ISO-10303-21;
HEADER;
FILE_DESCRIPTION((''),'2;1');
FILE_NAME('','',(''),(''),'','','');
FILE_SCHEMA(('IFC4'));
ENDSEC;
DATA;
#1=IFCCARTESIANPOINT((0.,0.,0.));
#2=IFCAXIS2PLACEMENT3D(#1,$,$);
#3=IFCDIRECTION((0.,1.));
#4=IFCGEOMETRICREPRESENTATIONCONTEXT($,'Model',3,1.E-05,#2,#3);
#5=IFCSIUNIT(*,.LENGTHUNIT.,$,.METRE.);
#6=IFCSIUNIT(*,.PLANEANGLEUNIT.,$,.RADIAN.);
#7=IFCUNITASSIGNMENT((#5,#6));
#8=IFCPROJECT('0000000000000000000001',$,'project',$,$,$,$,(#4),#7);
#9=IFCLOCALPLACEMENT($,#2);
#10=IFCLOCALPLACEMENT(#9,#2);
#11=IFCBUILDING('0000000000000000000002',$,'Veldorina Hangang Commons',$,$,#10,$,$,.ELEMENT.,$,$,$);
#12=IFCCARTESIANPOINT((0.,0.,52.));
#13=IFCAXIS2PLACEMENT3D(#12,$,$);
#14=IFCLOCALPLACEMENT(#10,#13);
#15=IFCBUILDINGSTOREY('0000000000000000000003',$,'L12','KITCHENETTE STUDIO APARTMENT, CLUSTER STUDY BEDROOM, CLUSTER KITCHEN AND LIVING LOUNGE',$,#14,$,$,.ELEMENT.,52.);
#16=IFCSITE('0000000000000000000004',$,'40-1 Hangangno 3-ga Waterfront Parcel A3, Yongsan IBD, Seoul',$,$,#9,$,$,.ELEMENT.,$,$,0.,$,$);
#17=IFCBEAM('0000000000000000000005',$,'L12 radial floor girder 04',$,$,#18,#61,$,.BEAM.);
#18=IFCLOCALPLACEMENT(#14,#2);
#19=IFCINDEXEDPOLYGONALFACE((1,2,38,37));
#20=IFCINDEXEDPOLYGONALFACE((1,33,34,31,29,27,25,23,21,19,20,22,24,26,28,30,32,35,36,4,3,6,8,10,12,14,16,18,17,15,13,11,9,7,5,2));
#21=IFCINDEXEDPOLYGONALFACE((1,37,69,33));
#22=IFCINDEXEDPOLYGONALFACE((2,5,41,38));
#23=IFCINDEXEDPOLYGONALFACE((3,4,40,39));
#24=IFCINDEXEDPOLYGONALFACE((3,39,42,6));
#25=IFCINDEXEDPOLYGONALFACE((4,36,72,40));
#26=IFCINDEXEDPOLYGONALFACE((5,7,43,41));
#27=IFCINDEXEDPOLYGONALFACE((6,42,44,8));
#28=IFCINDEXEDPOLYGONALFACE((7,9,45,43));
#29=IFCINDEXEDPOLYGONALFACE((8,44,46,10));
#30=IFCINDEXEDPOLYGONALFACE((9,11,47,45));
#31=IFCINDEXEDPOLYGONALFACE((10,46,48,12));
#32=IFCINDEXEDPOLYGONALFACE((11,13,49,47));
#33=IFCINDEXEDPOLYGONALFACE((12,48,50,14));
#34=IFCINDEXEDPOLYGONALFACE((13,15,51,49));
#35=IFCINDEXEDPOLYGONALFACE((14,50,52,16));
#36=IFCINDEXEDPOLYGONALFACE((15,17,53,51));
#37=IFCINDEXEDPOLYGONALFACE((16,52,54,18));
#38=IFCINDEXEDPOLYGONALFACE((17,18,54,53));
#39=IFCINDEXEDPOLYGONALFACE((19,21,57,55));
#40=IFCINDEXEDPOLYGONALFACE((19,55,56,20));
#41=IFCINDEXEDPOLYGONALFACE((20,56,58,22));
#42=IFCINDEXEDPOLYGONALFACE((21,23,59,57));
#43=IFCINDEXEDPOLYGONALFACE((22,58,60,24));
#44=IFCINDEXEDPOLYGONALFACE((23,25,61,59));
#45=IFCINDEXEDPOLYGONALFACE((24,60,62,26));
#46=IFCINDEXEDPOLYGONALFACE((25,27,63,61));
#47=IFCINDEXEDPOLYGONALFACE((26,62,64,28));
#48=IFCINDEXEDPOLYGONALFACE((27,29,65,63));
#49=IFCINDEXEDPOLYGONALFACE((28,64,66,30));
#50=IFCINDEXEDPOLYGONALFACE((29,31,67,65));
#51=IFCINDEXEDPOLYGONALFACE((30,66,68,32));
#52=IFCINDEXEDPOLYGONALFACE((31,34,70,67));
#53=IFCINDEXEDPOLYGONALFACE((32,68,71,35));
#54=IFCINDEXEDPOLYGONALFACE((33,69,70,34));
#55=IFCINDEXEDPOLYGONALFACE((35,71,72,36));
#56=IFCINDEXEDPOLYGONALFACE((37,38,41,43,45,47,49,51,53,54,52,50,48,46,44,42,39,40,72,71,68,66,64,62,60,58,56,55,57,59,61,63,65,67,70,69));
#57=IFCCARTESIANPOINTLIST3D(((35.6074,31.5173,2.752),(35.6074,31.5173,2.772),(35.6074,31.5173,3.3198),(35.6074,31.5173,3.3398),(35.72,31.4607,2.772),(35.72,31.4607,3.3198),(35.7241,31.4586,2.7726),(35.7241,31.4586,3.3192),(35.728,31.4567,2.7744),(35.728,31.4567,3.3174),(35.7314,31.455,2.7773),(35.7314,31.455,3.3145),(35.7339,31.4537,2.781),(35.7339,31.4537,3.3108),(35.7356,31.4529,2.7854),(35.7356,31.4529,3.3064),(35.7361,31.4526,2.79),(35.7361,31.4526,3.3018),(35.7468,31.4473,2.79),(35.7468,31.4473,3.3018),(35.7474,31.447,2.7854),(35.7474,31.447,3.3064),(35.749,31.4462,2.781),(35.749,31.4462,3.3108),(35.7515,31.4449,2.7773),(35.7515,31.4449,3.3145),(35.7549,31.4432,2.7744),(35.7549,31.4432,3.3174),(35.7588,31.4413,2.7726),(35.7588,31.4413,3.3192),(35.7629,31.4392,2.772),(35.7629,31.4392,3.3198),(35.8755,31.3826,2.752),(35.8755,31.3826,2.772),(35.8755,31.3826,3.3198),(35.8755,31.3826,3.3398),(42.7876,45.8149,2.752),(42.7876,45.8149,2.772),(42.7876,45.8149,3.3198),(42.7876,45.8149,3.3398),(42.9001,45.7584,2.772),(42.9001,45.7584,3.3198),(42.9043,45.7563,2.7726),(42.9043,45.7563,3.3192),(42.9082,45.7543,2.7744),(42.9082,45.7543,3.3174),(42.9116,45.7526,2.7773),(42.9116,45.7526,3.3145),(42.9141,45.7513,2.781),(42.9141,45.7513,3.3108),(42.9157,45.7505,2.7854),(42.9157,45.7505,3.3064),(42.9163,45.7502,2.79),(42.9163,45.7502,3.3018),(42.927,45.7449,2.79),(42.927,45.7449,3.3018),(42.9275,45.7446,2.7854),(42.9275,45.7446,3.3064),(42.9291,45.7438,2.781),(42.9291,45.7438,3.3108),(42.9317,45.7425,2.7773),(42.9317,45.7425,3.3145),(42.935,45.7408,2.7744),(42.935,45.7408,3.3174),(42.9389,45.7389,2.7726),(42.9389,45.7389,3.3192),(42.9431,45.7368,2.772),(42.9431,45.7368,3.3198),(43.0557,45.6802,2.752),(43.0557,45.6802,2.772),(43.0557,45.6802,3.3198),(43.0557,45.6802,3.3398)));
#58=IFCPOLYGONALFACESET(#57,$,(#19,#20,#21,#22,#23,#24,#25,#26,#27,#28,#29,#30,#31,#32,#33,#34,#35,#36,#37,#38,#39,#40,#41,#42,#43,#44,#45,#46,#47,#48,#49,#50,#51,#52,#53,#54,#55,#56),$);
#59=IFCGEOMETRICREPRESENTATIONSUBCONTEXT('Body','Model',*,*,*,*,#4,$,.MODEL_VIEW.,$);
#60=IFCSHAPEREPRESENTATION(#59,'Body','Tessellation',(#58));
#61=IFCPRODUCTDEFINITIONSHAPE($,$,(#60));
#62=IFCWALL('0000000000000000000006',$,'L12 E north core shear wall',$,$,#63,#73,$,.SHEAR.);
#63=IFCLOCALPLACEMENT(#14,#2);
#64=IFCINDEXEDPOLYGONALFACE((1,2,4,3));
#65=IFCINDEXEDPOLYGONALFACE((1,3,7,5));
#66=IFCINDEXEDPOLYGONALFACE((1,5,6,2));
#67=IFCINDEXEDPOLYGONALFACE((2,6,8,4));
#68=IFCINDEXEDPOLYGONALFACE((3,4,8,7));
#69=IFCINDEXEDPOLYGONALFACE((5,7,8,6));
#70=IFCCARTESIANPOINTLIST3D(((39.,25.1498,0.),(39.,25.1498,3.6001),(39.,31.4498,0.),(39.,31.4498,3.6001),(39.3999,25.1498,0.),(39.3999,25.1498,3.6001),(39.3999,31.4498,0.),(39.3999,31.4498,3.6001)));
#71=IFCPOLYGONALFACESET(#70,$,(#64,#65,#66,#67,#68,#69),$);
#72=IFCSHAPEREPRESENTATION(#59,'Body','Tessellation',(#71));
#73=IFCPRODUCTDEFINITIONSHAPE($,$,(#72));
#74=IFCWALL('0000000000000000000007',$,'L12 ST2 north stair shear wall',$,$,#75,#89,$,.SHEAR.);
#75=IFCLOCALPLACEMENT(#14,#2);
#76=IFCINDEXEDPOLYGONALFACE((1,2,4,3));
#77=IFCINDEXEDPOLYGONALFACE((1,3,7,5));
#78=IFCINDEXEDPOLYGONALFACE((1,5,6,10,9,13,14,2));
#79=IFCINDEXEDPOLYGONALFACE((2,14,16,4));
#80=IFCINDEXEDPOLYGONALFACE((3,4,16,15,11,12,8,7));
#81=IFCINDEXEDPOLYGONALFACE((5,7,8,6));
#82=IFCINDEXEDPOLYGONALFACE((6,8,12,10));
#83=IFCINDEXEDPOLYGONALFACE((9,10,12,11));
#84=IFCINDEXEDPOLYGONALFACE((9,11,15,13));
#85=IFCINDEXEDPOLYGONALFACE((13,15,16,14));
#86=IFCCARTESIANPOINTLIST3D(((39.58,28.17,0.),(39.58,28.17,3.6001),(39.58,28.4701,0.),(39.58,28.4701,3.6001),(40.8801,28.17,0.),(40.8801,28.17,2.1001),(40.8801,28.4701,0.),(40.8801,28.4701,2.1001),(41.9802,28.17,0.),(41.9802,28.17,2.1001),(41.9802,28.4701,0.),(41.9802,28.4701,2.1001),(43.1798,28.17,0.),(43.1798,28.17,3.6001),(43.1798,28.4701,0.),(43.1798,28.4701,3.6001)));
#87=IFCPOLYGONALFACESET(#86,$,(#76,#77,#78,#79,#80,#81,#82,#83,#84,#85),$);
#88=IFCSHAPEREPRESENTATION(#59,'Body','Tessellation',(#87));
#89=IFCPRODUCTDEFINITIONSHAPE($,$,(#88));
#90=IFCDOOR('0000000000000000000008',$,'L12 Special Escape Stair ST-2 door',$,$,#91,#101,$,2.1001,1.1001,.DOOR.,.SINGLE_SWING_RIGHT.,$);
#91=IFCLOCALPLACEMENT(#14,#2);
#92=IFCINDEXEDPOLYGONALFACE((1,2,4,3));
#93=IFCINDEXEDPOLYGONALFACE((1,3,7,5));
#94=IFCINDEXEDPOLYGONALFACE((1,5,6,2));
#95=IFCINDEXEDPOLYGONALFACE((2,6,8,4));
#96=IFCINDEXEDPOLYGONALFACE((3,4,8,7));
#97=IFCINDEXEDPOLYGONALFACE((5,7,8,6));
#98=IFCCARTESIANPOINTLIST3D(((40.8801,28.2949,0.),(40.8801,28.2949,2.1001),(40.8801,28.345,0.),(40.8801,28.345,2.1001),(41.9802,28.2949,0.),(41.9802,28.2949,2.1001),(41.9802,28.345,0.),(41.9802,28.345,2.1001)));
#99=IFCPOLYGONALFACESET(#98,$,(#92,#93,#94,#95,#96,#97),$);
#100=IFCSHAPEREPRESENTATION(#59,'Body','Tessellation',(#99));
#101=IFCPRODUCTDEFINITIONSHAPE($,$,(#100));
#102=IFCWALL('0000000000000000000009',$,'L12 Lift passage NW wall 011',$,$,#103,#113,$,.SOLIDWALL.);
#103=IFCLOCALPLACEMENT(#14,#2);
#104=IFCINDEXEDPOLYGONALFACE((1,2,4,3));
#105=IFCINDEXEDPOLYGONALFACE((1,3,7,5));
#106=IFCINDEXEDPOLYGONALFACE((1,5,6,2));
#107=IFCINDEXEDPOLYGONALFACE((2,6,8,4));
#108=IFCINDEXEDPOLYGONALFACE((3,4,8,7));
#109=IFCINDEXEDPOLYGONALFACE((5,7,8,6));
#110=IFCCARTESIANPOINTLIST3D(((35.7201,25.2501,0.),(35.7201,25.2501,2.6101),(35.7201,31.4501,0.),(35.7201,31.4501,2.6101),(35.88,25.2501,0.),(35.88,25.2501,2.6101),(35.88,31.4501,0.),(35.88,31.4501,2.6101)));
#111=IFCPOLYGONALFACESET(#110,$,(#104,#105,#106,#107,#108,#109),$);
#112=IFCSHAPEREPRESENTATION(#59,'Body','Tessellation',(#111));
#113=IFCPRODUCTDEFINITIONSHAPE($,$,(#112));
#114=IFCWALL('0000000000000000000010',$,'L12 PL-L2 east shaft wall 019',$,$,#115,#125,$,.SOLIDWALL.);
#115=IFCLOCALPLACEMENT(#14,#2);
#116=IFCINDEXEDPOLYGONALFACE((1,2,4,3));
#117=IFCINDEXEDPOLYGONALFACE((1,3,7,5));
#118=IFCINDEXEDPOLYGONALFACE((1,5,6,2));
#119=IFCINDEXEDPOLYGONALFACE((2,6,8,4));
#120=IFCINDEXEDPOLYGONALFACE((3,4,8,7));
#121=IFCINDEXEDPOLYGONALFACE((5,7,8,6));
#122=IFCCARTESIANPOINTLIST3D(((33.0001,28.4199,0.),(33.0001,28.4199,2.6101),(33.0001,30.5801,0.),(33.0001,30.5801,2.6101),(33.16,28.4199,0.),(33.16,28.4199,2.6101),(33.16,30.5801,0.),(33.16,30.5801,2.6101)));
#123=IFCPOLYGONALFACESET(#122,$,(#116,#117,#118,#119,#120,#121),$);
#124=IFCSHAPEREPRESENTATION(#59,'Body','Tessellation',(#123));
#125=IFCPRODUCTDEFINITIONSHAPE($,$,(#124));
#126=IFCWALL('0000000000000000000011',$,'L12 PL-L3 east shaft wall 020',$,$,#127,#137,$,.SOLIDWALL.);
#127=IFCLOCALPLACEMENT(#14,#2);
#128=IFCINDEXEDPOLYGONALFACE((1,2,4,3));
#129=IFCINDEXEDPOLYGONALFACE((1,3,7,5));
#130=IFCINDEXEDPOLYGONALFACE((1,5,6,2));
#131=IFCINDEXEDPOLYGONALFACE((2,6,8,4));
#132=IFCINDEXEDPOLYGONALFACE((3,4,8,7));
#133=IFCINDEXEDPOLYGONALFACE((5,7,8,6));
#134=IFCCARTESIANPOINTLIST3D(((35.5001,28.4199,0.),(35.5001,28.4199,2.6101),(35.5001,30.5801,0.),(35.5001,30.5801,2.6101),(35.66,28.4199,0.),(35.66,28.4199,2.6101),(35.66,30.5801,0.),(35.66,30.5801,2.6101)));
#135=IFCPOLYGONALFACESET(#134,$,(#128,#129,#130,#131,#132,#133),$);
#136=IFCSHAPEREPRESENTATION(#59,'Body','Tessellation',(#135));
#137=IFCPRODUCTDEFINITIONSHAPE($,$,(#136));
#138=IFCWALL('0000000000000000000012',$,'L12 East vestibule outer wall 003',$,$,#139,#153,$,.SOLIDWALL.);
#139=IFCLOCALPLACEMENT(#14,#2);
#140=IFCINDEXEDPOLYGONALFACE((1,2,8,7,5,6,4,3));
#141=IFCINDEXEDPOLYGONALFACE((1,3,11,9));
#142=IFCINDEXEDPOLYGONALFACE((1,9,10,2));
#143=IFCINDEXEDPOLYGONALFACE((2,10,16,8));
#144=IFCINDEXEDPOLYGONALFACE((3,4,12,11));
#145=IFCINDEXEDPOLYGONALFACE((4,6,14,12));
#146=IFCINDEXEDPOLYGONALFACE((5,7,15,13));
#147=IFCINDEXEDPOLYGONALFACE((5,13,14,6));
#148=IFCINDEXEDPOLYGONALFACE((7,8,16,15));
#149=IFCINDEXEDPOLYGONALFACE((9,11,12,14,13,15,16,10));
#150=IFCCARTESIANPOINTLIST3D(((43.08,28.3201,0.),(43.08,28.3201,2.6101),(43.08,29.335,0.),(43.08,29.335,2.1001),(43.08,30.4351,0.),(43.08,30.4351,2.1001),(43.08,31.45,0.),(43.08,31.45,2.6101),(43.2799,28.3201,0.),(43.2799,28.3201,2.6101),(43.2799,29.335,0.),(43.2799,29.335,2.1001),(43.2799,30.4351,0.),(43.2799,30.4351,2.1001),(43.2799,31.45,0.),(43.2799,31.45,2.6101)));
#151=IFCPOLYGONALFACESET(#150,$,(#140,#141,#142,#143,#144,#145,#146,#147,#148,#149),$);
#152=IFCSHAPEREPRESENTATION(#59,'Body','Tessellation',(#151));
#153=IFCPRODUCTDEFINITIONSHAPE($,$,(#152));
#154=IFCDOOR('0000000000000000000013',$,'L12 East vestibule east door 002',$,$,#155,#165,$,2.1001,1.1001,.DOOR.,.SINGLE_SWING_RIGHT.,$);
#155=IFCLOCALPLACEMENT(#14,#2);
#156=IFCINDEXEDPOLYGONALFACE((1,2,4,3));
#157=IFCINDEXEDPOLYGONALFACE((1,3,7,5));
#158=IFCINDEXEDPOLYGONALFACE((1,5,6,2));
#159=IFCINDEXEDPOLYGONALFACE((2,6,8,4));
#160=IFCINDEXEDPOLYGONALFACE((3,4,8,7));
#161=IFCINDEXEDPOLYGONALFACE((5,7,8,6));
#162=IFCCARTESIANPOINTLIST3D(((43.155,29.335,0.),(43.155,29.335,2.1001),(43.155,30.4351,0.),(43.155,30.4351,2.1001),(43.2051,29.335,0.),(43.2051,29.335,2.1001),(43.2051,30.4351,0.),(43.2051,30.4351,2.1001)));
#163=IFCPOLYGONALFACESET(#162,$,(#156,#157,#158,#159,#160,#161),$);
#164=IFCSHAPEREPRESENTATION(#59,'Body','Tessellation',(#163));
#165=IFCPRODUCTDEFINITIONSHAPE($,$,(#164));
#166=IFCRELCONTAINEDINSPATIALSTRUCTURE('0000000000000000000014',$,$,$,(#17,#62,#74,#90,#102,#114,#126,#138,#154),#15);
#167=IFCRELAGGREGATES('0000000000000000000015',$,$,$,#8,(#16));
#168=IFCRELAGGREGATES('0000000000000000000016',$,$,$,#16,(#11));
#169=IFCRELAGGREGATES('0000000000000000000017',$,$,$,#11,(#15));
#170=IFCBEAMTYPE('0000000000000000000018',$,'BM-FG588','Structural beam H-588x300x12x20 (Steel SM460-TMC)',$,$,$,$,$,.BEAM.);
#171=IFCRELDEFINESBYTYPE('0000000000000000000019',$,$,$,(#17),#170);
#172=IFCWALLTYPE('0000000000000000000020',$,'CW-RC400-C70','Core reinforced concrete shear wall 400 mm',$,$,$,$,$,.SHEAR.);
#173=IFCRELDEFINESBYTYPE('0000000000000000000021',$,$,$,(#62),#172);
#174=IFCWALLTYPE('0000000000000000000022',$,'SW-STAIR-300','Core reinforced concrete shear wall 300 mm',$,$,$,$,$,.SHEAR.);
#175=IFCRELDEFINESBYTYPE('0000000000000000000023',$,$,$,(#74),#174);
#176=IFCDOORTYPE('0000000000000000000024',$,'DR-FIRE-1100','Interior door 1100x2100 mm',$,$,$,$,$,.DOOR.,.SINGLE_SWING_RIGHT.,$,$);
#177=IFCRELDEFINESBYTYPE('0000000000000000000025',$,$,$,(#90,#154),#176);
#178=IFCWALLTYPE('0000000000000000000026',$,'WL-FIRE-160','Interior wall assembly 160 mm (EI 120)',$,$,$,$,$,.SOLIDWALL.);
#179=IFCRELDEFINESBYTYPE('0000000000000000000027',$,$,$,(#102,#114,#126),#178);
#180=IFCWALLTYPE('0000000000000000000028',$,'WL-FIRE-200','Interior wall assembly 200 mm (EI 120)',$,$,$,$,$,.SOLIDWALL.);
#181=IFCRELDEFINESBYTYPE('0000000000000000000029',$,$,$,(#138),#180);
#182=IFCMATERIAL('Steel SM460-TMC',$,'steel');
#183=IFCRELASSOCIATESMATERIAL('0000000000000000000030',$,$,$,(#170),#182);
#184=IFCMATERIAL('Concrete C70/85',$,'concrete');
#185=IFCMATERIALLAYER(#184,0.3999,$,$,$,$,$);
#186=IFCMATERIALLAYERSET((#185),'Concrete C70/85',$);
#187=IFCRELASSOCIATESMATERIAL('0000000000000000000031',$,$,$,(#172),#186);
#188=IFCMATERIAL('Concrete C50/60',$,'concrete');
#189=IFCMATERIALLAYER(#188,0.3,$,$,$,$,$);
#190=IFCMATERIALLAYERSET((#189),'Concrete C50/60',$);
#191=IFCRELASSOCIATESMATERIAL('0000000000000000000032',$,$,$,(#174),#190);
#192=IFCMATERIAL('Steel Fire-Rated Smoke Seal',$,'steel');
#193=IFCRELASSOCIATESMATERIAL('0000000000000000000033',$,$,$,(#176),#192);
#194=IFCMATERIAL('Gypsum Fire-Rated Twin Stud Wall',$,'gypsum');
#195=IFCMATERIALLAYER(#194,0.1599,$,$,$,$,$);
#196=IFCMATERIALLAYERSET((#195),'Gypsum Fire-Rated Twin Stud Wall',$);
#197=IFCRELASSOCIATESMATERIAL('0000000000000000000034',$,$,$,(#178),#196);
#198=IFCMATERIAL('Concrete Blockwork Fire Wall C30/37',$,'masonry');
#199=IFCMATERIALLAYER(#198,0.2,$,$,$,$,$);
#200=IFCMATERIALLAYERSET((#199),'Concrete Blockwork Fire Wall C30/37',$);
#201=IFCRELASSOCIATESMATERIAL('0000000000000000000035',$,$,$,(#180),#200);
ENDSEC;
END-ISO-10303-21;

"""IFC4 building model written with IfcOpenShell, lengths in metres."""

from ifc_helpers import new_model, si_unit, direction, frame, frame_2d, origin, origin_2d, place, context, subcontext, project, spatial, rectangle, i_section, extrude, material, layer, layer_set, material_profile, profile_set, type_object, element, fill, save


model = new_model("IFC4")

# Units and contexts
model_context = context("Model", 3, precision=1e-05, world=origin(), true_north=direction((0.0, 1.0)))
body_context = subcontext(model_context, "Body", "Model", "MODEL_VIEW")
ifc_project = project(units=[si_unit("LENGTHUNIT", "METRE"), si_unit("PLANEANGLEUNIT", "RADIAN")], contexts=[model_context])

# Site, building, storey
site_placement = place(None, origin())
site = spatial("IfcSite", under=ifc_project, at=site_placement, Name="40-1 Hangangno 3-ga Waterfront Parcel A3, Yongsan IBD, Seoul", CompositionType="ELEMENT", RefElevation=0.0)
building_placement = place(site_placement, origin())
building = spatial("IfcBuilding", under=site, at=building_placement, Name="Veldorina Hangang Commons", CompositionType="ELEMENT")
storey_placement = place(building_placement, frame((0.0, 0.0, 52.0)))
storey = spatial("IfcBuildingStorey", under=building, at=storey_placement, Name="L12", Description="KITCHENETTE STUDIO APARTMENT, CLUSTER STUDY BEDROOM, CLUSTER KITCHEN AND LIVING LOUNGE", CompositionType="ELEMENT", Elevation=52.0)

# Beam
ifc_material_1 = material(Name="Concrete C70/85", Category="concrete")
ifc_material_2 = material(Name="Steel SM460-TMC", Category="steel")
ifc_material_profile_1 = material_profile(ifc_material_2, i_section(OverallWidth=0.3, OverallDepth=0.5879, WebThickness=0.012, FlangeThickness=0.02, FilletRadius=0.0181, at=origin_2d()), Name="H-588x300x12x20")
ifc_profile_set_1 = profile_set([ifc_material_profile_1], Name="Steel SM460-TMC")
beam_type_1 = type_object("IfcBeamType", Name="BM-FG588", Description="Structural beam H-588x300x12x20 (Steel SM460-TMC)", PredefinedType="BEAM", material=ifc_profile_set_1)
beam_1_placement = place(storey_placement, frame((35.7415, 31.45, 3.0459), z_axis=(0.448782, 0.893641, 0.0), x_axis=(-0.893641, 0.448782, 0.0)))
element("IfcBeam", 1, at=beam_1_placement, inside=storey, type_object=beam_type_1, Name="L12 radial floor girder 04", PredefinedType="BEAM", context=body_context, shape_type="SweptSolid", body=[
    extrude(i_section(OverallWidth=0.3, OverallDepth=0.5879, WebThickness=0.012, FlangeThickness=0.02, FilletRadius=0.0181, at=origin_2d()), origin(), (0.0, 0.0, 1.0), 15.9993),
])

# Wall
ifc_layer_1 = layer(ifc_material_1, 0.3999)
ifc_layer_set_1 = layer_set([ifc_layer_1], Name="Concrete C70/85")
wall_type_1 = type_object("IfcWallType", Name="CW-RC400-C70", Description="Core reinforced concrete shear wall 400 mm", PredefinedType="SHEAR", material=ifc_layer_set_1)
wall_1_placement = place(storey_placement, frame((39.2, 25.1499, 0.0), z_axis=(0.0, 0.0, 1.0), x_axis=(0.0, 1.0, 0.0)))
element("IfcWall", 2, at=wall_1_placement, inside=storey, type_object=wall_type_1, Name="L12 E north core shear wall", PredefinedType="SHEAR", context=body_context, shape_type="SweptSolid", body=[
    extrude(rectangle(XDim=6.3, YDim=0.3999, at=frame_2d((3.1499, 0.0))), origin(), (0.0, 0.0, 1.0), 3.6001),
])

# Wall, opening, door
ifc_material_3 = material(Name="Concrete C50/60", Category="concrete")
ifc_layer_2 = layer(ifc_material_3, 0.3)
ifc_layer_set_2 = layer_set([ifc_layer_2], Name="Concrete C50/60")
wall_type_2 = type_object("IfcWallType", Name="SW-STAIR-300", Description="Core reinforced concrete shear wall 300 mm", PredefinedType="SHEAR", material=ifc_layer_set_2)
wall_2_placement = place(storey_placement, frame((39.5801, 28.3201, 0.0), z_axis=(0.0, 0.0, 1.0), x_axis=(1.0, 0.0, 0.0)))
wall_2 = element("IfcWall", 3, at=wall_2_placement, inside=storey, type_object=wall_type_2, Name="L12 ST2 north stair shear wall", PredefinedType="SHEAR", context=body_context, shape_type="SweptSolid", body=[
    extrude(rectangle(XDim=3.5999, YDim=0.3, at=frame_2d((1.7998, 0.0))), origin(), (0.0, 0.0, 1.0), 3.6001),
])
opening_1_placement = place(wall_2_placement, frame((1.3, 0.0, 0.0)))
opening_1 = element("IfcOpeningElement", 4, at=opening_1_placement, cuts=wall_2, PredefinedType="OPENING", context=body_context, shape_type="SweptSolid", body=[
    extrude(rectangle(XDim=1.1001, YDim=2.1001, at=frame_2d((0.55, 1.05))), frame((0.0, 0.1602, 0.0), z_axis=(0.0, -1.0, 0.0), x_axis=(1.0, 0.0, 0.0)), (0.0, 0.0, 1.0), 0.3201),
])
ifc_material_4 = material(Name="Steel Fire-Rated Smoke Seal", Category="steel")
door_type_1 = type_object("IfcDoorType", Name="DR-FIRE-1100", Description="Interior door 1100x2100 mm", OperationType="SINGLE_SWING_RIGHT", PredefinedType="DOOR", material=ifc_material_4)
door_1_placement = place(opening_1_placement, origin())
door_1 = element("IfcDoor", 5, at=door_1_placement, inside=storey, type_object=door_type_1, Name="L12 Special Escape Stair ST-2 door", OperationType="SINGLE_SWING_RIGHT", OverallHeight=2.1001, OverallWidth=1.1001, PredefinedType="DOOR", context=body_context, shape_type="SweptSolid", body=[
    extrude(rectangle(XDim=1.1001, YDim=2.1001, at=frame_2d((0.55, 1.05))), frame((0.0, 0.0249, 0.0), z_axis=(0.0, -1.0, 0.0), x_axis=(1.0, 0.0, 0.0)), (0.0, 0.0, 1.0), 0.05),
])
fill(opening_1, door_1)

# Walls
ifc_material_5 = material(Name="Gypsum Fire-Rated Twin Stud Wall", Category="gypsum")
ifc_layer_3 = layer(ifc_material_5, 0.1599)
ifc_layer_set_3 = layer_set([ifc_layer_3], Name="Gypsum Fire-Rated Twin Stud Wall")
wall_type_3 = type_object("IfcWallType", Name="WL-FIRE-160", Description="Interior wall assembly 160 mm (EI 120)", PredefinedType="SOLIDWALL", material=ifc_layer_set_3)
wall_3_placement = place(storey_placement, frame((35.8, 25.25, 0.0), z_axis=(0.0, 0.0, 1.0), x_axis=(0.0, 1.0, 0.0)))
element("IfcWall", 6, at=wall_3_placement, inside=storey, type_object=wall_type_3, Name="L12 Lift passage NW wall 011", PredefinedType="SOLIDWALL", context=body_context, shape_type="SweptSolid", body=[
    extrude(rectangle(XDim=6.2, YDim=0.1599, at=frame_2d((3.1001, 0.0))), origin(), (0.0, 0.0, 1.0), 2.6101),
])
for number, where, z_axis, x_axis, name in (
    (7, (33.0801, 28.4199, 0.0), (0.0, 0.0, 1.0), (0.0, 1.0, 0.0), "L12 PL-L2 east shaft wall 019"),
    (8, (35.5801, 28.4199, 0.0), (0.0, 0.0, 1.0), (0.0, 1.0, 0.0), "L12 PL-L3 east shaft wall 020"),
):
    element("IfcWall", number, at=place(storey_placement, frame(where, z_axis=z_axis, x_axis=x_axis)), inside=storey, type_object=wall_type_3, Name=name, PredefinedType="SOLIDWALL", context=body_context, shape_type="SweptSolid", body=[
        extrude(rectangle(XDim=2.1602, YDim=0.1599, at=frame_2d((1.0801, 0.0))), origin(), (0.0, 0.0, 1.0), 2.6101),
    ])

# Wall, opening, door
ifc_material_6 = material(Name="Concrete Blockwork Fire Wall C30/37", Category="masonry")
ifc_layer_4 = layer(ifc_material_6, 0.2)
ifc_layer_set_4 = layer_set([ifc_layer_4], Name="Concrete Blockwork Fire Wall C30/37")
wall_type_4 = type_object("IfcWallType", Name="WL-FIRE-200", Description="Interior wall assembly 200 mm (EI 120)", PredefinedType="SOLIDWALL", material=ifc_layer_set_4)
wall_4_placement = place(storey_placement, frame((43.1799, 28.3201, 0.0), z_axis=(0.0, 0.0, 1.0), x_axis=(0.0, 1.0, 0.0)))
wall_4 = element("IfcWall", 9, at=wall_4_placement, inside=storey, type_object=wall_type_4, Name="L12 East vestibule outer wall 003", PredefinedType="SOLIDWALL", context=body_context, shape_type="SweptSolid", body=[
    extrude(rectangle(XDim=3.1299, YDim=0.2, at=frame_2d((1.5649, 0.0))), origin(), (0.0, 0.0, 1.0), 2.6101),
])
opening_2_placement = place(wall_4_placement, frame((1.0149, 0.0, 0.0)))
opening_2 = element("IfcOpeningElement", 10, at=opening_2_placement, cuts=wall_4, PredefinedType="OPENING", context=body_context, shape_type="SweptSolid", body=[
    extrude(rectangle(XDim=1.1001, YDim=2.1001, at=frame_2d((0.55, 1.05))), frame((0.0, 0.1099, 0.0), z_axis=(0.0, -1.0, 0.0), x_axis=(1.0, 0.0, 0.0)), (0.0, 0.0, 1.0), 0.22),
])
door_2_placement = place(opening_2_placement, origin())
door_2 = element("IfcDoor", 11, at=door_2_placement, inside=storey, type_object=door_type_1, Name="L12 East vestibule east door 002", OperationType="SINGLE_SWING_RIGHT", OverallHeight=2.1001, OverallWidth=1.1001, PredefinedType="DOOR", context=body_context, shape_type="SweptSolid", body=[
    extrude(rectangle(XDim=1.1001, YDim=2.1001, at=frame_2d((0.55, 1.05))), frame((0.0, 0.0249, 0.0), z_axis=(0.0, -1.0, 0.0), x_axis=(1.0, 0.0, 0.0)), (0.0, 0.0, 1.0), 0.05),
])
fill(opening_2, door_2)

save(model, "model.ifc")
